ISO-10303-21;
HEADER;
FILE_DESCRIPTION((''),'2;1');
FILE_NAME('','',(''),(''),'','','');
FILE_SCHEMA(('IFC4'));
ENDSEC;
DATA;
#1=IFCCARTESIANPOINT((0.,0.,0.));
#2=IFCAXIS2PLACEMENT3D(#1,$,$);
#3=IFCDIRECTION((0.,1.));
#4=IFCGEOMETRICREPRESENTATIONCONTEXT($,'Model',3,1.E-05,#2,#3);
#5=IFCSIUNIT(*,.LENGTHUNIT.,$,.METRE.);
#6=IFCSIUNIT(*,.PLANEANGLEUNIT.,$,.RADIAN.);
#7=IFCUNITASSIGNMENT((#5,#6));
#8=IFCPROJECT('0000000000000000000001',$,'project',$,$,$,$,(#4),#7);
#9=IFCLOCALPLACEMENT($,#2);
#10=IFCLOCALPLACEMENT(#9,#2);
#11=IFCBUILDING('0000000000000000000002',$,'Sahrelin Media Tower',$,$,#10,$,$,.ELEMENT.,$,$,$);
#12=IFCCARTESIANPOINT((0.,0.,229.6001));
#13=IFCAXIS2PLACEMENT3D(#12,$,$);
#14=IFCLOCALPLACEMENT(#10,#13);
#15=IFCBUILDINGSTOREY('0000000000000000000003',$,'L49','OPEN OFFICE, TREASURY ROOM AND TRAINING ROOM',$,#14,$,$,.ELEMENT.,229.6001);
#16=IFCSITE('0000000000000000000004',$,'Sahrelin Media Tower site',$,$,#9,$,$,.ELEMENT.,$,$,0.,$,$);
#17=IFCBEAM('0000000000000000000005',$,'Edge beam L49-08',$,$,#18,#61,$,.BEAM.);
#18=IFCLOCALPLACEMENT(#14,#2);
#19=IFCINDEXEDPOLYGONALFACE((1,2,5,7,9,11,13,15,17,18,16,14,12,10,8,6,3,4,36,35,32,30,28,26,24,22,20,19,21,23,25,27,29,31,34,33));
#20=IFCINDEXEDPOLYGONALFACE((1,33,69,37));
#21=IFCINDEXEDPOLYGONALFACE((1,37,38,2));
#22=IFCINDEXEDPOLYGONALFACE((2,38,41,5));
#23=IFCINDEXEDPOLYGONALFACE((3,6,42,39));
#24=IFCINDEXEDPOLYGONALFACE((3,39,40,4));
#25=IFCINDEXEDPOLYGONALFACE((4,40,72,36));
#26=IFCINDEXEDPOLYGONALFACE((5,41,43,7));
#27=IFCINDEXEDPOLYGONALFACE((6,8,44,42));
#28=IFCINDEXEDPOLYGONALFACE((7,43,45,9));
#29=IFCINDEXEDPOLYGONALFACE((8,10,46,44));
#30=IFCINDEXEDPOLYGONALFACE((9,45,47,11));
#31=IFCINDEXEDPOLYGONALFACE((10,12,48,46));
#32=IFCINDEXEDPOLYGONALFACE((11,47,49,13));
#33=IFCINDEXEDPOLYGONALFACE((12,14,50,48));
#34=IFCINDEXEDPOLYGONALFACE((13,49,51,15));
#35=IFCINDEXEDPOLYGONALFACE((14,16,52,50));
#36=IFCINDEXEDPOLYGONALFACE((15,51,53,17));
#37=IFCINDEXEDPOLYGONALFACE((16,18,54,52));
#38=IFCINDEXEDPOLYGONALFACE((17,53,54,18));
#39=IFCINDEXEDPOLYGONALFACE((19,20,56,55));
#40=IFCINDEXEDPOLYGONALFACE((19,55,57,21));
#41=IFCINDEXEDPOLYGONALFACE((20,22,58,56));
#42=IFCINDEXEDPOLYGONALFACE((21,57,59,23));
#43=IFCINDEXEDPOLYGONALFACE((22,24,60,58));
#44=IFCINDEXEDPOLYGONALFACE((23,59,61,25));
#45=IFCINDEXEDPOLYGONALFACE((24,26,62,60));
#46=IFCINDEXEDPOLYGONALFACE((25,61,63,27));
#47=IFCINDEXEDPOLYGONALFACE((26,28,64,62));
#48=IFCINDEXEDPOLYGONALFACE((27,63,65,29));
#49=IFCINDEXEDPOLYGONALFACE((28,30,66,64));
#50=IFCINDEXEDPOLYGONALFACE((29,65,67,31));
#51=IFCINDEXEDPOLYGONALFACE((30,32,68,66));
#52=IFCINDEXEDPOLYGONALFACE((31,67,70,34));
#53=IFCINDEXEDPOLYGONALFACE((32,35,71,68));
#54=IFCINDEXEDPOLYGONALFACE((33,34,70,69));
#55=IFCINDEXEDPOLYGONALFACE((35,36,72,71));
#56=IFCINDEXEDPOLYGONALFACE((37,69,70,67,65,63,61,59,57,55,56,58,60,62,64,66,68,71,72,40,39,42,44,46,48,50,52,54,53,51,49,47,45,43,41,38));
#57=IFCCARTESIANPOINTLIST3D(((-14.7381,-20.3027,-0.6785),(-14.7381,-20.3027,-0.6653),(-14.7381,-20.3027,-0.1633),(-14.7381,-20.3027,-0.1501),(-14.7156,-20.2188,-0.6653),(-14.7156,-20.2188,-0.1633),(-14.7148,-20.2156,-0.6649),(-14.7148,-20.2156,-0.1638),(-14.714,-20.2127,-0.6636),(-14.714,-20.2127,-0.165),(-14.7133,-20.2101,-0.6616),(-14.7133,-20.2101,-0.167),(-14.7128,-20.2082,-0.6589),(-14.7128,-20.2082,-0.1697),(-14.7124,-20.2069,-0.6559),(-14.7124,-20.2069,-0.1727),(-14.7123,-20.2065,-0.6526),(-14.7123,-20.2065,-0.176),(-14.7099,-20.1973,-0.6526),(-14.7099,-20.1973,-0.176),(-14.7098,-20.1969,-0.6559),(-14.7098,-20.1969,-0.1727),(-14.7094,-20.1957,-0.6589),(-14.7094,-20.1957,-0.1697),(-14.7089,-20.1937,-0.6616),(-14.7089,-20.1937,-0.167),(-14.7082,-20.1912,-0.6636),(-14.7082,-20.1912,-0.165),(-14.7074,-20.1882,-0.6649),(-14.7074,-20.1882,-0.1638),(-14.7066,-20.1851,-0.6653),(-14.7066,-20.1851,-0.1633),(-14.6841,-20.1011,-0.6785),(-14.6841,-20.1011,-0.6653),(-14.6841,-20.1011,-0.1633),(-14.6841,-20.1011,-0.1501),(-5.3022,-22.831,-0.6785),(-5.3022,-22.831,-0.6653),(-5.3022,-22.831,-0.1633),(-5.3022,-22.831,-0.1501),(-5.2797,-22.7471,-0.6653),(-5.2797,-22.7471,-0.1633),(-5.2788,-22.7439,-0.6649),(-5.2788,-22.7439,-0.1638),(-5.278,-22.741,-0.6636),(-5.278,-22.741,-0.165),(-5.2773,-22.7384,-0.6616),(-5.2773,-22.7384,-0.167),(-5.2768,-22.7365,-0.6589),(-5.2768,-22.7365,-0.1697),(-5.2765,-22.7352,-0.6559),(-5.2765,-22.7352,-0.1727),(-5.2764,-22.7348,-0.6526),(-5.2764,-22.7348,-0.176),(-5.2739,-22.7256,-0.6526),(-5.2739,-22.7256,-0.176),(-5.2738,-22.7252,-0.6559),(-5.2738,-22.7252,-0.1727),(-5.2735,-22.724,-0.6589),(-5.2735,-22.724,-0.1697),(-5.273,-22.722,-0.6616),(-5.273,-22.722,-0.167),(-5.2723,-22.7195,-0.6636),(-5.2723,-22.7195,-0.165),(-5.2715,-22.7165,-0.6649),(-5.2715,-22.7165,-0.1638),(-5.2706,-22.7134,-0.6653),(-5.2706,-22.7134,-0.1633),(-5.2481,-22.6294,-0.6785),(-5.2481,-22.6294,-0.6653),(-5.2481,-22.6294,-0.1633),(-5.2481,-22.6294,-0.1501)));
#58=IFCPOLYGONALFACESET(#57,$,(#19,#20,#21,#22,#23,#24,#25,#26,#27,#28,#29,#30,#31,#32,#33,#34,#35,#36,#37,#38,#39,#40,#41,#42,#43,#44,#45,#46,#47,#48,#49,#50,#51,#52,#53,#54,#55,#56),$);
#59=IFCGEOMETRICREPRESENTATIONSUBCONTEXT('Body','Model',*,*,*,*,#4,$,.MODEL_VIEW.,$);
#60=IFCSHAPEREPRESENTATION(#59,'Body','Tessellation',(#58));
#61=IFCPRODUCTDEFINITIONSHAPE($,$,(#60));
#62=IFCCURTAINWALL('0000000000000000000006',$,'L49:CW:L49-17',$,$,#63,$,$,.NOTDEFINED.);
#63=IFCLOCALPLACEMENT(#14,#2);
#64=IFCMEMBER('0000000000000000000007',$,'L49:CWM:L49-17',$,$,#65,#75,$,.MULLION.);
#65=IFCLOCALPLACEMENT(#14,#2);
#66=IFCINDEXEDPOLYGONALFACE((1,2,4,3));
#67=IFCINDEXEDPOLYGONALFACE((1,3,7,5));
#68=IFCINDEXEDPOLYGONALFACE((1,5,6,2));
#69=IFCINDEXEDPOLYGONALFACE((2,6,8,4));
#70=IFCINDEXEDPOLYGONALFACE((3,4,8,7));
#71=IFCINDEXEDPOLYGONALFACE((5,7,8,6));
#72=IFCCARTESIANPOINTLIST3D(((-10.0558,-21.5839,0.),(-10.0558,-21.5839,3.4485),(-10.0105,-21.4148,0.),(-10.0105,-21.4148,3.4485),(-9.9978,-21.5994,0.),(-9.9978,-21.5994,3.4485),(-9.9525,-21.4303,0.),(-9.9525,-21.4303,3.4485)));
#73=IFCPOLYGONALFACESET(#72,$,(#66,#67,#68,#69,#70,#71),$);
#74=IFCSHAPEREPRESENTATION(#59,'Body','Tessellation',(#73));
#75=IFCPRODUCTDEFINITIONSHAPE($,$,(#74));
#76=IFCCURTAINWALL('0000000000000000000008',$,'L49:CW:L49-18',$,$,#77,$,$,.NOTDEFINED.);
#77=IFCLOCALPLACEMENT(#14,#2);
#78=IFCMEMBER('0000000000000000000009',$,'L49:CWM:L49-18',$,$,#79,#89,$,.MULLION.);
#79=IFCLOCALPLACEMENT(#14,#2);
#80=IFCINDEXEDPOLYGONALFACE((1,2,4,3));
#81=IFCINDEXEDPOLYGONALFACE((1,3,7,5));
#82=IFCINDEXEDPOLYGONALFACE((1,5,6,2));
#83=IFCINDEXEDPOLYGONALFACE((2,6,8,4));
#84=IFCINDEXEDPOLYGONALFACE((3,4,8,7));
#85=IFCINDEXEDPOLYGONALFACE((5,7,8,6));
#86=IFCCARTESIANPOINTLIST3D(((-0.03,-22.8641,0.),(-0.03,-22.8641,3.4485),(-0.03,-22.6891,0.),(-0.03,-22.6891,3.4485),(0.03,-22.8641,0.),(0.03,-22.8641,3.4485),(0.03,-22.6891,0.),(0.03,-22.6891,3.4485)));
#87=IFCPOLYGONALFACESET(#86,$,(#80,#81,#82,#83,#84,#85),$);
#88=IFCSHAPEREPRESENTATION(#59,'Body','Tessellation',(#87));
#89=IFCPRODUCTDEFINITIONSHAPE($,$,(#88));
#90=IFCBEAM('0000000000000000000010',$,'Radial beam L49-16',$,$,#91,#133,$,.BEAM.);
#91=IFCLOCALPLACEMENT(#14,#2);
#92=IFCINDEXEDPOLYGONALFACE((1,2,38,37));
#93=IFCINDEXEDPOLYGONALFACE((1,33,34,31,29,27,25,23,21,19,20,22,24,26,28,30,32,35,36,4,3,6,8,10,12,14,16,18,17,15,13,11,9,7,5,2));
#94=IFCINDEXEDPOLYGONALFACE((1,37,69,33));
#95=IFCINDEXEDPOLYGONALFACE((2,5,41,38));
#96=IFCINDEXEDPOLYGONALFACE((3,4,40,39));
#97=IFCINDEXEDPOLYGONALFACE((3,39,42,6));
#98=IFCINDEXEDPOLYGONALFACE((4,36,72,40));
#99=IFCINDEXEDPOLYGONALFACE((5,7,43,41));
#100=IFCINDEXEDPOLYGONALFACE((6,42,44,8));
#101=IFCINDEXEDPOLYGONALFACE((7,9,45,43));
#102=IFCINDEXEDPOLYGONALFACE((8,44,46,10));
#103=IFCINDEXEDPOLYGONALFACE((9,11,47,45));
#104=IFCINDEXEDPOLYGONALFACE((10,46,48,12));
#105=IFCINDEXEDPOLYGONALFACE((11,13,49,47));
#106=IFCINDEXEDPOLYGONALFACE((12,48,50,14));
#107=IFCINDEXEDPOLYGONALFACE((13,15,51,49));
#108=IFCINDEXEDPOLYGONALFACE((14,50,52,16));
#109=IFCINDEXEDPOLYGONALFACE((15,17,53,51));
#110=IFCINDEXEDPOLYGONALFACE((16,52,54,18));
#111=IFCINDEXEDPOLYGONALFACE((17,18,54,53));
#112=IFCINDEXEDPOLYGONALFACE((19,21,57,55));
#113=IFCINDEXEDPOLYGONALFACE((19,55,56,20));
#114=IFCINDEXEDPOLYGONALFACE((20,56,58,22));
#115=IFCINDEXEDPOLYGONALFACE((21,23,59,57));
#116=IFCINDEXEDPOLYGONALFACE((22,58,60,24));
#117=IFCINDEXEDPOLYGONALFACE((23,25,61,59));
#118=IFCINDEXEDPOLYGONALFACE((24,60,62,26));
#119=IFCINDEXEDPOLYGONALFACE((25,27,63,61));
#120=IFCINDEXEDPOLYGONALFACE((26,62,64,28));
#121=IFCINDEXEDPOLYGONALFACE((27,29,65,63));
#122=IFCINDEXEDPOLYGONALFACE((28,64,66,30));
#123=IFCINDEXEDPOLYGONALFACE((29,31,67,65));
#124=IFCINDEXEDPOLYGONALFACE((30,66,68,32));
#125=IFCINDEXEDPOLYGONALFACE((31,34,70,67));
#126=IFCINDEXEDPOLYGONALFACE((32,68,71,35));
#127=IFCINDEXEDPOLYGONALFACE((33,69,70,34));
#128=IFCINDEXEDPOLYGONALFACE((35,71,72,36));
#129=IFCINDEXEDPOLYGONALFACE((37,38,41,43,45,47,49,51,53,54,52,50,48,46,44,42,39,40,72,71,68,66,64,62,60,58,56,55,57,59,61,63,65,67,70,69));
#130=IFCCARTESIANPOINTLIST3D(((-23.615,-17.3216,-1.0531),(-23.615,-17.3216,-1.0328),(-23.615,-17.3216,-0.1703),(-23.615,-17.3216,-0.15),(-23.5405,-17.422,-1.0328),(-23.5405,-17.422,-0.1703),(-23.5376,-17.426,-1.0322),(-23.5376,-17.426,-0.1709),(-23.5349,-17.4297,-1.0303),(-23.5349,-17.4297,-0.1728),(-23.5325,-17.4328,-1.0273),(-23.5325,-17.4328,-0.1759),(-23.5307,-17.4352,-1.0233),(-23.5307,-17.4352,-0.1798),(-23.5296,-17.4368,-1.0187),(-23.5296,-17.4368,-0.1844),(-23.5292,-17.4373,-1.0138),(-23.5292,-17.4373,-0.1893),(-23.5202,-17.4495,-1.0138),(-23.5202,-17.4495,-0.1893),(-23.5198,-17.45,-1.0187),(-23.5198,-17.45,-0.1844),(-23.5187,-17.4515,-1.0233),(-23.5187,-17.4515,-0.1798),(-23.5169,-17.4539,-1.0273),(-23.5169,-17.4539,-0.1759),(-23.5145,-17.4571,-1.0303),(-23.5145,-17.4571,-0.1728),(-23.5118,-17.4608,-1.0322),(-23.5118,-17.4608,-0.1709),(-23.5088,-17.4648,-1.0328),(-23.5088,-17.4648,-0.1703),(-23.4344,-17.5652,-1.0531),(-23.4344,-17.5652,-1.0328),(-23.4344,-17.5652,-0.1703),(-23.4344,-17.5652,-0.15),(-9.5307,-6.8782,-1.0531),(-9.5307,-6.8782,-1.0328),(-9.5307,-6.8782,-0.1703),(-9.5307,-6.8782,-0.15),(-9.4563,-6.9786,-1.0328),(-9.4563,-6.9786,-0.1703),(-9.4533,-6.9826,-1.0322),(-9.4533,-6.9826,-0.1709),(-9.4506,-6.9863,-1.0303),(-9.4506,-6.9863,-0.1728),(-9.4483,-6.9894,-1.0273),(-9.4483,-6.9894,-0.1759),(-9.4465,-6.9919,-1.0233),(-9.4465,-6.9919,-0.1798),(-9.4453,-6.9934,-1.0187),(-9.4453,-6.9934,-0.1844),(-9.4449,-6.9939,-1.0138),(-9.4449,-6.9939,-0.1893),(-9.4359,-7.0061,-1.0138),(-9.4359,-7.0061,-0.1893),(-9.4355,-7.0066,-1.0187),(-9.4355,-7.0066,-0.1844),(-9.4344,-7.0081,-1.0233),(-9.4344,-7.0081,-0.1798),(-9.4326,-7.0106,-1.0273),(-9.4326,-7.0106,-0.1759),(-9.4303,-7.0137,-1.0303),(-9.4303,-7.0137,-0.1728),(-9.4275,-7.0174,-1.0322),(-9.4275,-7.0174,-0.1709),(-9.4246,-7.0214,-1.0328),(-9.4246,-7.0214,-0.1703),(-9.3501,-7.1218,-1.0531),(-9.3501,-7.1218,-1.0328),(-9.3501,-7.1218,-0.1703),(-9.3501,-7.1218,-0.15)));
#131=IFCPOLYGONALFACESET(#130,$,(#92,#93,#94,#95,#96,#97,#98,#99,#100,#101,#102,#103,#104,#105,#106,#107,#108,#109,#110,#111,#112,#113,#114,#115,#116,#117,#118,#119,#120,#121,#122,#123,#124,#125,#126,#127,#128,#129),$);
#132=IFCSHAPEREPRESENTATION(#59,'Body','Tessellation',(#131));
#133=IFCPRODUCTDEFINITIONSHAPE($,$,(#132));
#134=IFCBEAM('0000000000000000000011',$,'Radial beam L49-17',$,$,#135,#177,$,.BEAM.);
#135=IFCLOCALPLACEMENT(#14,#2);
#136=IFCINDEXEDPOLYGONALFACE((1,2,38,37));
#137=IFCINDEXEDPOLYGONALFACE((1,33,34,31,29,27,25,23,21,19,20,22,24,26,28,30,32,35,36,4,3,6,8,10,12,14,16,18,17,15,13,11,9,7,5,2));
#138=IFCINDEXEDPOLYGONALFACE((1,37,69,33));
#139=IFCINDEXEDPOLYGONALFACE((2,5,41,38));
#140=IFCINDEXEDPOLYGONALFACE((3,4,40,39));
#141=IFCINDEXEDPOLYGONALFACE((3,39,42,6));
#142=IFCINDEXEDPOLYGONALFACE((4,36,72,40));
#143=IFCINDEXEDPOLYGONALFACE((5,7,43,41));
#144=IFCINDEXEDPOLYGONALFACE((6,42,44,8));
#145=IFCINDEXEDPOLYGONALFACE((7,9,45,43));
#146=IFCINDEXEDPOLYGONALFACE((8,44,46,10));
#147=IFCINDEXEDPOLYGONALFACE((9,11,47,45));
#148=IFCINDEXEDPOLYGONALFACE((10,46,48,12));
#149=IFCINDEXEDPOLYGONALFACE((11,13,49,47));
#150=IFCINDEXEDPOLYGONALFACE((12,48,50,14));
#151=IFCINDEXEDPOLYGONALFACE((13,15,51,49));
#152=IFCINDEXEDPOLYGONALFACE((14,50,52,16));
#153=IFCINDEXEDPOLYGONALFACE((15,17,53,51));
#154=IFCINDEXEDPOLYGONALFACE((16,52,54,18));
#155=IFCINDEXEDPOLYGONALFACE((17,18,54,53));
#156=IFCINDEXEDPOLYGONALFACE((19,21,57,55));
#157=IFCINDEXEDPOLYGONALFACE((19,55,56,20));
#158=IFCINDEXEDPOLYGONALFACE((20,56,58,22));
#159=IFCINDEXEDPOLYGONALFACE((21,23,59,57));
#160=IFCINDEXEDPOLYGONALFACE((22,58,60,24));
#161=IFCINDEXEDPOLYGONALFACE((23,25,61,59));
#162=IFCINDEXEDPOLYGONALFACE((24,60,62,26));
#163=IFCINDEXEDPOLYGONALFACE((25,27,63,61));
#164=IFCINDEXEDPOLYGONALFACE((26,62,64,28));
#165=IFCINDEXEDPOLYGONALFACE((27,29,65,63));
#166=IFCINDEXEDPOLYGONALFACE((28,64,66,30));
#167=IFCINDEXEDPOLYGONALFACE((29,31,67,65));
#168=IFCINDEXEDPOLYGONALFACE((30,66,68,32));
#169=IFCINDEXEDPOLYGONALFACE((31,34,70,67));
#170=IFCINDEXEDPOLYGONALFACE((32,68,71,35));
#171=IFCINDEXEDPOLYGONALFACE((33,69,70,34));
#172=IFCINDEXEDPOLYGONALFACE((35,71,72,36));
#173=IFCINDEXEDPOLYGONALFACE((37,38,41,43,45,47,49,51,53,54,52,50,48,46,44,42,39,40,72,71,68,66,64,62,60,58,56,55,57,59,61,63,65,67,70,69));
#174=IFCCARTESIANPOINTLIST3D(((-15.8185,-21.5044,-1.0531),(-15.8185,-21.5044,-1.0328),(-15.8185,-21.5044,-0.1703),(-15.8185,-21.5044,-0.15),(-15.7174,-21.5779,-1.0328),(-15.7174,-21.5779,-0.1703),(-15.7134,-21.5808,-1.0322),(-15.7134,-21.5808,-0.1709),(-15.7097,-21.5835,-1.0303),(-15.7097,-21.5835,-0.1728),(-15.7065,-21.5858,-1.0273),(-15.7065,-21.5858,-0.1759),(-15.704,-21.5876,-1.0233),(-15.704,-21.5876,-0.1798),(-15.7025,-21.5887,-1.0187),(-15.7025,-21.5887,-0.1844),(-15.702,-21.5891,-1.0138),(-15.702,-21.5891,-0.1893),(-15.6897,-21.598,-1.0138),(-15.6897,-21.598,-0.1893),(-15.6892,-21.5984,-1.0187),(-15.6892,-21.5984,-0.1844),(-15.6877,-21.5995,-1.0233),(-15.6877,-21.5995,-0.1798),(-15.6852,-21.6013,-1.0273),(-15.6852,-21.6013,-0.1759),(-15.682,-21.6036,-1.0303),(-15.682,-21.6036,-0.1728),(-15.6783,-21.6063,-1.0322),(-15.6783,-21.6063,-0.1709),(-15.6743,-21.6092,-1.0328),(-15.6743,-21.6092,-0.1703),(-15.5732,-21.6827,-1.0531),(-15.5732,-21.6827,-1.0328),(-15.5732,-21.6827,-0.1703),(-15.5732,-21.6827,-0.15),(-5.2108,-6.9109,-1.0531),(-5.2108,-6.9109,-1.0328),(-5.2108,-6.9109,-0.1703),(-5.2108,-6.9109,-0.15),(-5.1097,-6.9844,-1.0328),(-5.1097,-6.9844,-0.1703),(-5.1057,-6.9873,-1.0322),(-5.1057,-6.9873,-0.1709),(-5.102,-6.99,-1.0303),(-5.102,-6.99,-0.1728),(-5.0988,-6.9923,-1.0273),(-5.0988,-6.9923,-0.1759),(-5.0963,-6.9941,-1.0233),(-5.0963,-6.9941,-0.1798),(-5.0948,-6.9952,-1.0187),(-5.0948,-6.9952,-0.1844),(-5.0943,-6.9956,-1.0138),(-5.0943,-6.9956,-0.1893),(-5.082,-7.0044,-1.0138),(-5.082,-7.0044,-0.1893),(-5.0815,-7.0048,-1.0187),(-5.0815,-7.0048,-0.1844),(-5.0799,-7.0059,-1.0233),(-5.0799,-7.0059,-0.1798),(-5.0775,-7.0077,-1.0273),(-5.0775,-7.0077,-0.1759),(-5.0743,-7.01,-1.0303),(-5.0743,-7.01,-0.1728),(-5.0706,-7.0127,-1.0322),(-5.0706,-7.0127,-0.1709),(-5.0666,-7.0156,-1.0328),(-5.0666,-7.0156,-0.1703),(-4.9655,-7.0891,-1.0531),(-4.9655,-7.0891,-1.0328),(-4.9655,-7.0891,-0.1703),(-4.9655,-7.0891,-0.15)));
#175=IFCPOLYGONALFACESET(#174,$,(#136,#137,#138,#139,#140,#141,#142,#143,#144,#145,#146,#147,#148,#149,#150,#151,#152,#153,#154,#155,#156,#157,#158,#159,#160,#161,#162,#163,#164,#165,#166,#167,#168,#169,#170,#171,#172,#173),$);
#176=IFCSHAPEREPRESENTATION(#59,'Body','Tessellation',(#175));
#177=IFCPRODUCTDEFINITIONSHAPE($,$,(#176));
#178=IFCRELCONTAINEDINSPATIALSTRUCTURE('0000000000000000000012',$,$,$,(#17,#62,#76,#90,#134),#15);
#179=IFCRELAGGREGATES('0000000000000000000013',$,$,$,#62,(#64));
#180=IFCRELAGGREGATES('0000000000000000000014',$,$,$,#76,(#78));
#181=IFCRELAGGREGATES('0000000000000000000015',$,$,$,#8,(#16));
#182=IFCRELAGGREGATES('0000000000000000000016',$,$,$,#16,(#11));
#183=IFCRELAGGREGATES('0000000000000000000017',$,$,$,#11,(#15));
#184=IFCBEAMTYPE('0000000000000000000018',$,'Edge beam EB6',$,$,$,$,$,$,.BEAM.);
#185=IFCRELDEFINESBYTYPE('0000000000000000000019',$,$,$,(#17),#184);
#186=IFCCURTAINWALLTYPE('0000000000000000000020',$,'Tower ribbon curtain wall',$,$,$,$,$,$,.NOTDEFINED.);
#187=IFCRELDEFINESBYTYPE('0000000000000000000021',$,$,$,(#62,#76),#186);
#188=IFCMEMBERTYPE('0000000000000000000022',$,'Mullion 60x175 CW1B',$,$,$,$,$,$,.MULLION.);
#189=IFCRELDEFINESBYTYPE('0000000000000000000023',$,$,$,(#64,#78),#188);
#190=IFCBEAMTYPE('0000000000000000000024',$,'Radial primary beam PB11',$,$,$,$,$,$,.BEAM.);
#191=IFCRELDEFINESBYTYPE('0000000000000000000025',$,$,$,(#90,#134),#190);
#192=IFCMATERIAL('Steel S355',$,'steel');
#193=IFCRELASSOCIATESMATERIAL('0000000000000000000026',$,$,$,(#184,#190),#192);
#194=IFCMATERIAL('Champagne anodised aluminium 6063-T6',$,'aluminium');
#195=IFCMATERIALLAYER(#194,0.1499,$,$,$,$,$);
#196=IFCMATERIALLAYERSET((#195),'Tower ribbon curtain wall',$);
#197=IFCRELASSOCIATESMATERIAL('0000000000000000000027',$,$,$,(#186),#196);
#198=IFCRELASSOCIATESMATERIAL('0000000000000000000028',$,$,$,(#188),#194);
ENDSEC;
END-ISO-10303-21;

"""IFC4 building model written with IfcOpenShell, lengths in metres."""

from ifc_helpers import new_model, si_unit, direction, frame, origin, origin_2d, place, context, subcontext, project, spatial, rectangle, i_section, extrude, material, layer, layer_set, material_profile, profile_set, type_object, element, aggregate, save


model = new_model("IFC4")

# Units and contexts
model_context = context("Model", 3, precision=1e-05, world=origin(), true_north=direction((0.0, 1.0)))
body_context = subcontext(model_context, "Body", "Model", "MODEL_VIEW")
ifc_project = project(units=[si_unit("LENGTHUNIT", "METRE"), si_unit("PLANEANGLEUNIT", "RADIAN")], contexts=[model_context])

# Site, building, storey
site_placement = place(None, origin())
site = spatial("IfcSite", under=ifc_project, at=site_placement, Name="Sahrelin Media Tower site", CompositionType="ELEMENT", RefElevation=0.0)
building_placement = place(site_placement, origin())
building = spatial("IfcBuilding", under=site, at=building_placement, Name="Sahrelin Media Tower", CompositionType="ELEMENT")
storey_placement = place(building_placement, frame((0.0, 0.0, 229.6001)))
storey = spatial("IfcBuildingStorey", under=building, at=storey_placement, Name="L49", Description="OPEN OFFICE, TREASURY ROOM AND TRAINING ROOM", CompositionType="ELEMENT", Elevation=229.6001)

# Beam
ifc_material_1 = material(Name="Steel S355", Category="steel")
ifc_material_profile_1 = material_profile(ifc_material_1, i_section(OverallWidth=0.2087, OverallDepth=0.5283, WebThickness=0.0095, FlangeThickness=0.0132, FilletRadius=0.0127, at=origin_2d()), Name="UB 533x210x82")
ifc_profile_set_1 = profile_set([ifc_material_profile_1], Name="Steel S355")
beam_type_1 = type_object("IfcBeamType", Name="Edge beam EB6", PredefinedType="BEAM", material=ifc_profile_set_1)
beam_1_placement = place(storey_placement, frame((-5.2751, -22.7302, -0.4143), z_axis=(-0.965927, 0.258814, 0.0), x_axis=(-0.258814, -0.965927, 0.0)))
element("IfcBeam", 1, at=beam_1_placement, inside=storey, type_object=beam_type_1, Name="Edge beam L49-08", PredefinedType="BEAM", context=body_context, shape_type="SweptSolid", body=[
    extrude(i_section(OverallWidth=0.2087, OverallDepth=0.5283, WebThickness=0.0095, FlangeThickness=0.0132, FilletRadius=0.0127, at=origin_2d()), origin(), (0.0, 0.0, 1.0), 9.7688),
])

# Curtain walls, members
ifc_material_2 = material(Name="Champagne anodised aluminium 6063-T6", Category="aluminium")
ifc_layer_1 = layer(ifc_material_2, 0.1499)
ifc_layer_set_1 = layer_set([ifc_layer_1], Name="Tower ribbon curtain wall")
curtain_wall_type = type_object("IfcCurtainWallType", Name="Tower ribbon curtain wall", PredefinedType="NOTDEFINED", material=ifc_layer_set_1)
curtain_wall_1_placement = place(storey_placement, frame((-10.032, -21.6108, 0.0), z_axis=(0.0, 0.0, 1.0), x_axis=(1.0, 0.0, 0.0)))
curtain_wall_1 = element("IfcCurtainWall", 2, at=curtain_wall_1_placement, inside=storey, type_object=curtain_wall_type, Name="L49:CW:L49-17", PredefinedType="NOTDEFINED")
ifc_material_profile_2 = material_profile(ifc_material_2, rectangle(XDim=0.0601, YDim=0.175, at=origin_2d()), Name="Mullion 60x175")
ifc_profile_set_2 = profile_set([ifc_material_profile_2], Name="Champagne anodised aluminium 6063-T6")
member_type_1 = type_object("IfcMemberType", Name="Mullion 60x175 CW1B", PredefinedType="MULLION", material=ifc_profile_set_2)
member_1_placement = place(storey_placement, frame((-10.0042, -21.5071, 0.0), z_axis=(0.0, 0.0, 1.0), x_axis=(0.965926, -0.258819, 0.0)))
member_1 = element("IfcMember", 3, at=member_1_placement, type_object=member_type_1, Name="L49:CWM:L49-17", PredefinedType="MULLION", context=body_context, shape_type="SweptSolid", body=[
    extrude(rectangle(XDim=0.0601, YDim=0.175, at=origin_2d()), origin(), (0.0, 0.0, 1.0), 3.4485),
])
aggregate(curtain_wall_1, [member_1])
curtain_wall_2_placement = place(storey_placement, frame((0.0, -22.884, 0.0), z_axis=(0.0, 0.0, 1.0), x_axis=(1.0, 0.0, 0.0)))
curtain_wall_2 = element("IfcCurtainWall", 4, at=curtain_wall_2_placement, inside=storey, type_object=curtain_wall_type, Name="L49:CW:L49-18", PredefinedType="NOTDEFINED")
member_2_placement = place(storey_placement, frame((0.0, -22.7766, 0.0), z_axis=(0.0, 0.0, 1.0), x_axis=(1.0, 0.0, 0.0)))
member_2 = element("IfcMember", 5, at=member_2_placement, type_object=member_type_1, Name="L49:CWM:L49-18", PredefinedType="MULLION", context=body_context, shape_type="SweptSolid", body=[
    extrude(rectangle(XDim=0.0601, YDim=0.175, at=origin_2d()), origin(), (0.0, 0.0, 1.0), 3.4485),
])

# Beams
ifc_material_profile_3 = material_profile(ifc_material_1, i_section(OverallWidth=0.3032, OverallDepth=0.9031, WebThickness=0.0151, FlangeThickness=0.0203, FilletRadius=0.019, at=origin_2d()), Name="UB 914x305x201")
ifc_profile_set_3 = profile_set([ifc_material_profile_3], Name="Steel S355")
beam_type_2 = type_object("IfcBeamType", Name="Radial primary beam PB11", PredefinedType="BEAM", material=ifc_profile_set_3)
beam_2_placement = place(storey_placement, frame((-9.4404, -7.0, -0.6016), z_axis=(-0.803268, -0.595618, 0.0), x_axis=(0.595618, -0.803268, 0.0)))
element("IfcBeam", 6, at=beam_2_placement, inside=storey, type_object=beam_type_2, Name="Radial beam L49-16", PredefinedType="BEAM", context=body_context, shape_type="SweptSolid", body=[
    extrude(i_section(OverallWidth=0.3032, OverallDepth=0.9031, WebThickness=0.0151, FlangeThickness=0.0203, FilletRadius=0.019, at=origin_2d()), origin(), (0.0, 0.0, 1.0), 17.5337),
])
beam_3_placement = place(storey_placement, frame((-5.0881, -7.0, -0.6016), z_axis=(-0.587962, -0.808889, 0.0), x_axis=(0.808889, -0.587962, 0.0)))
element("IfcBeam", 7, at=beam_3_placement, inside=storey, type_object=beam_type_2, Name="Radial beam L49-17", PredefinedType="BEAM", context=body_context, shape_type="SweptSolid", body=[
    extrude(i_section(OverallWidth=0.3032, OverallDepth=0.9031, WebThickness=0.0151, FlangeThickness=0.0203, FilletRadius=0.019, at=origin_2d()), origin(), (0.0, 0.0, 1.0), 18.0415),
])

aggregate(curtain_wall_2, [member_2])

save(model, "model.ifc")
